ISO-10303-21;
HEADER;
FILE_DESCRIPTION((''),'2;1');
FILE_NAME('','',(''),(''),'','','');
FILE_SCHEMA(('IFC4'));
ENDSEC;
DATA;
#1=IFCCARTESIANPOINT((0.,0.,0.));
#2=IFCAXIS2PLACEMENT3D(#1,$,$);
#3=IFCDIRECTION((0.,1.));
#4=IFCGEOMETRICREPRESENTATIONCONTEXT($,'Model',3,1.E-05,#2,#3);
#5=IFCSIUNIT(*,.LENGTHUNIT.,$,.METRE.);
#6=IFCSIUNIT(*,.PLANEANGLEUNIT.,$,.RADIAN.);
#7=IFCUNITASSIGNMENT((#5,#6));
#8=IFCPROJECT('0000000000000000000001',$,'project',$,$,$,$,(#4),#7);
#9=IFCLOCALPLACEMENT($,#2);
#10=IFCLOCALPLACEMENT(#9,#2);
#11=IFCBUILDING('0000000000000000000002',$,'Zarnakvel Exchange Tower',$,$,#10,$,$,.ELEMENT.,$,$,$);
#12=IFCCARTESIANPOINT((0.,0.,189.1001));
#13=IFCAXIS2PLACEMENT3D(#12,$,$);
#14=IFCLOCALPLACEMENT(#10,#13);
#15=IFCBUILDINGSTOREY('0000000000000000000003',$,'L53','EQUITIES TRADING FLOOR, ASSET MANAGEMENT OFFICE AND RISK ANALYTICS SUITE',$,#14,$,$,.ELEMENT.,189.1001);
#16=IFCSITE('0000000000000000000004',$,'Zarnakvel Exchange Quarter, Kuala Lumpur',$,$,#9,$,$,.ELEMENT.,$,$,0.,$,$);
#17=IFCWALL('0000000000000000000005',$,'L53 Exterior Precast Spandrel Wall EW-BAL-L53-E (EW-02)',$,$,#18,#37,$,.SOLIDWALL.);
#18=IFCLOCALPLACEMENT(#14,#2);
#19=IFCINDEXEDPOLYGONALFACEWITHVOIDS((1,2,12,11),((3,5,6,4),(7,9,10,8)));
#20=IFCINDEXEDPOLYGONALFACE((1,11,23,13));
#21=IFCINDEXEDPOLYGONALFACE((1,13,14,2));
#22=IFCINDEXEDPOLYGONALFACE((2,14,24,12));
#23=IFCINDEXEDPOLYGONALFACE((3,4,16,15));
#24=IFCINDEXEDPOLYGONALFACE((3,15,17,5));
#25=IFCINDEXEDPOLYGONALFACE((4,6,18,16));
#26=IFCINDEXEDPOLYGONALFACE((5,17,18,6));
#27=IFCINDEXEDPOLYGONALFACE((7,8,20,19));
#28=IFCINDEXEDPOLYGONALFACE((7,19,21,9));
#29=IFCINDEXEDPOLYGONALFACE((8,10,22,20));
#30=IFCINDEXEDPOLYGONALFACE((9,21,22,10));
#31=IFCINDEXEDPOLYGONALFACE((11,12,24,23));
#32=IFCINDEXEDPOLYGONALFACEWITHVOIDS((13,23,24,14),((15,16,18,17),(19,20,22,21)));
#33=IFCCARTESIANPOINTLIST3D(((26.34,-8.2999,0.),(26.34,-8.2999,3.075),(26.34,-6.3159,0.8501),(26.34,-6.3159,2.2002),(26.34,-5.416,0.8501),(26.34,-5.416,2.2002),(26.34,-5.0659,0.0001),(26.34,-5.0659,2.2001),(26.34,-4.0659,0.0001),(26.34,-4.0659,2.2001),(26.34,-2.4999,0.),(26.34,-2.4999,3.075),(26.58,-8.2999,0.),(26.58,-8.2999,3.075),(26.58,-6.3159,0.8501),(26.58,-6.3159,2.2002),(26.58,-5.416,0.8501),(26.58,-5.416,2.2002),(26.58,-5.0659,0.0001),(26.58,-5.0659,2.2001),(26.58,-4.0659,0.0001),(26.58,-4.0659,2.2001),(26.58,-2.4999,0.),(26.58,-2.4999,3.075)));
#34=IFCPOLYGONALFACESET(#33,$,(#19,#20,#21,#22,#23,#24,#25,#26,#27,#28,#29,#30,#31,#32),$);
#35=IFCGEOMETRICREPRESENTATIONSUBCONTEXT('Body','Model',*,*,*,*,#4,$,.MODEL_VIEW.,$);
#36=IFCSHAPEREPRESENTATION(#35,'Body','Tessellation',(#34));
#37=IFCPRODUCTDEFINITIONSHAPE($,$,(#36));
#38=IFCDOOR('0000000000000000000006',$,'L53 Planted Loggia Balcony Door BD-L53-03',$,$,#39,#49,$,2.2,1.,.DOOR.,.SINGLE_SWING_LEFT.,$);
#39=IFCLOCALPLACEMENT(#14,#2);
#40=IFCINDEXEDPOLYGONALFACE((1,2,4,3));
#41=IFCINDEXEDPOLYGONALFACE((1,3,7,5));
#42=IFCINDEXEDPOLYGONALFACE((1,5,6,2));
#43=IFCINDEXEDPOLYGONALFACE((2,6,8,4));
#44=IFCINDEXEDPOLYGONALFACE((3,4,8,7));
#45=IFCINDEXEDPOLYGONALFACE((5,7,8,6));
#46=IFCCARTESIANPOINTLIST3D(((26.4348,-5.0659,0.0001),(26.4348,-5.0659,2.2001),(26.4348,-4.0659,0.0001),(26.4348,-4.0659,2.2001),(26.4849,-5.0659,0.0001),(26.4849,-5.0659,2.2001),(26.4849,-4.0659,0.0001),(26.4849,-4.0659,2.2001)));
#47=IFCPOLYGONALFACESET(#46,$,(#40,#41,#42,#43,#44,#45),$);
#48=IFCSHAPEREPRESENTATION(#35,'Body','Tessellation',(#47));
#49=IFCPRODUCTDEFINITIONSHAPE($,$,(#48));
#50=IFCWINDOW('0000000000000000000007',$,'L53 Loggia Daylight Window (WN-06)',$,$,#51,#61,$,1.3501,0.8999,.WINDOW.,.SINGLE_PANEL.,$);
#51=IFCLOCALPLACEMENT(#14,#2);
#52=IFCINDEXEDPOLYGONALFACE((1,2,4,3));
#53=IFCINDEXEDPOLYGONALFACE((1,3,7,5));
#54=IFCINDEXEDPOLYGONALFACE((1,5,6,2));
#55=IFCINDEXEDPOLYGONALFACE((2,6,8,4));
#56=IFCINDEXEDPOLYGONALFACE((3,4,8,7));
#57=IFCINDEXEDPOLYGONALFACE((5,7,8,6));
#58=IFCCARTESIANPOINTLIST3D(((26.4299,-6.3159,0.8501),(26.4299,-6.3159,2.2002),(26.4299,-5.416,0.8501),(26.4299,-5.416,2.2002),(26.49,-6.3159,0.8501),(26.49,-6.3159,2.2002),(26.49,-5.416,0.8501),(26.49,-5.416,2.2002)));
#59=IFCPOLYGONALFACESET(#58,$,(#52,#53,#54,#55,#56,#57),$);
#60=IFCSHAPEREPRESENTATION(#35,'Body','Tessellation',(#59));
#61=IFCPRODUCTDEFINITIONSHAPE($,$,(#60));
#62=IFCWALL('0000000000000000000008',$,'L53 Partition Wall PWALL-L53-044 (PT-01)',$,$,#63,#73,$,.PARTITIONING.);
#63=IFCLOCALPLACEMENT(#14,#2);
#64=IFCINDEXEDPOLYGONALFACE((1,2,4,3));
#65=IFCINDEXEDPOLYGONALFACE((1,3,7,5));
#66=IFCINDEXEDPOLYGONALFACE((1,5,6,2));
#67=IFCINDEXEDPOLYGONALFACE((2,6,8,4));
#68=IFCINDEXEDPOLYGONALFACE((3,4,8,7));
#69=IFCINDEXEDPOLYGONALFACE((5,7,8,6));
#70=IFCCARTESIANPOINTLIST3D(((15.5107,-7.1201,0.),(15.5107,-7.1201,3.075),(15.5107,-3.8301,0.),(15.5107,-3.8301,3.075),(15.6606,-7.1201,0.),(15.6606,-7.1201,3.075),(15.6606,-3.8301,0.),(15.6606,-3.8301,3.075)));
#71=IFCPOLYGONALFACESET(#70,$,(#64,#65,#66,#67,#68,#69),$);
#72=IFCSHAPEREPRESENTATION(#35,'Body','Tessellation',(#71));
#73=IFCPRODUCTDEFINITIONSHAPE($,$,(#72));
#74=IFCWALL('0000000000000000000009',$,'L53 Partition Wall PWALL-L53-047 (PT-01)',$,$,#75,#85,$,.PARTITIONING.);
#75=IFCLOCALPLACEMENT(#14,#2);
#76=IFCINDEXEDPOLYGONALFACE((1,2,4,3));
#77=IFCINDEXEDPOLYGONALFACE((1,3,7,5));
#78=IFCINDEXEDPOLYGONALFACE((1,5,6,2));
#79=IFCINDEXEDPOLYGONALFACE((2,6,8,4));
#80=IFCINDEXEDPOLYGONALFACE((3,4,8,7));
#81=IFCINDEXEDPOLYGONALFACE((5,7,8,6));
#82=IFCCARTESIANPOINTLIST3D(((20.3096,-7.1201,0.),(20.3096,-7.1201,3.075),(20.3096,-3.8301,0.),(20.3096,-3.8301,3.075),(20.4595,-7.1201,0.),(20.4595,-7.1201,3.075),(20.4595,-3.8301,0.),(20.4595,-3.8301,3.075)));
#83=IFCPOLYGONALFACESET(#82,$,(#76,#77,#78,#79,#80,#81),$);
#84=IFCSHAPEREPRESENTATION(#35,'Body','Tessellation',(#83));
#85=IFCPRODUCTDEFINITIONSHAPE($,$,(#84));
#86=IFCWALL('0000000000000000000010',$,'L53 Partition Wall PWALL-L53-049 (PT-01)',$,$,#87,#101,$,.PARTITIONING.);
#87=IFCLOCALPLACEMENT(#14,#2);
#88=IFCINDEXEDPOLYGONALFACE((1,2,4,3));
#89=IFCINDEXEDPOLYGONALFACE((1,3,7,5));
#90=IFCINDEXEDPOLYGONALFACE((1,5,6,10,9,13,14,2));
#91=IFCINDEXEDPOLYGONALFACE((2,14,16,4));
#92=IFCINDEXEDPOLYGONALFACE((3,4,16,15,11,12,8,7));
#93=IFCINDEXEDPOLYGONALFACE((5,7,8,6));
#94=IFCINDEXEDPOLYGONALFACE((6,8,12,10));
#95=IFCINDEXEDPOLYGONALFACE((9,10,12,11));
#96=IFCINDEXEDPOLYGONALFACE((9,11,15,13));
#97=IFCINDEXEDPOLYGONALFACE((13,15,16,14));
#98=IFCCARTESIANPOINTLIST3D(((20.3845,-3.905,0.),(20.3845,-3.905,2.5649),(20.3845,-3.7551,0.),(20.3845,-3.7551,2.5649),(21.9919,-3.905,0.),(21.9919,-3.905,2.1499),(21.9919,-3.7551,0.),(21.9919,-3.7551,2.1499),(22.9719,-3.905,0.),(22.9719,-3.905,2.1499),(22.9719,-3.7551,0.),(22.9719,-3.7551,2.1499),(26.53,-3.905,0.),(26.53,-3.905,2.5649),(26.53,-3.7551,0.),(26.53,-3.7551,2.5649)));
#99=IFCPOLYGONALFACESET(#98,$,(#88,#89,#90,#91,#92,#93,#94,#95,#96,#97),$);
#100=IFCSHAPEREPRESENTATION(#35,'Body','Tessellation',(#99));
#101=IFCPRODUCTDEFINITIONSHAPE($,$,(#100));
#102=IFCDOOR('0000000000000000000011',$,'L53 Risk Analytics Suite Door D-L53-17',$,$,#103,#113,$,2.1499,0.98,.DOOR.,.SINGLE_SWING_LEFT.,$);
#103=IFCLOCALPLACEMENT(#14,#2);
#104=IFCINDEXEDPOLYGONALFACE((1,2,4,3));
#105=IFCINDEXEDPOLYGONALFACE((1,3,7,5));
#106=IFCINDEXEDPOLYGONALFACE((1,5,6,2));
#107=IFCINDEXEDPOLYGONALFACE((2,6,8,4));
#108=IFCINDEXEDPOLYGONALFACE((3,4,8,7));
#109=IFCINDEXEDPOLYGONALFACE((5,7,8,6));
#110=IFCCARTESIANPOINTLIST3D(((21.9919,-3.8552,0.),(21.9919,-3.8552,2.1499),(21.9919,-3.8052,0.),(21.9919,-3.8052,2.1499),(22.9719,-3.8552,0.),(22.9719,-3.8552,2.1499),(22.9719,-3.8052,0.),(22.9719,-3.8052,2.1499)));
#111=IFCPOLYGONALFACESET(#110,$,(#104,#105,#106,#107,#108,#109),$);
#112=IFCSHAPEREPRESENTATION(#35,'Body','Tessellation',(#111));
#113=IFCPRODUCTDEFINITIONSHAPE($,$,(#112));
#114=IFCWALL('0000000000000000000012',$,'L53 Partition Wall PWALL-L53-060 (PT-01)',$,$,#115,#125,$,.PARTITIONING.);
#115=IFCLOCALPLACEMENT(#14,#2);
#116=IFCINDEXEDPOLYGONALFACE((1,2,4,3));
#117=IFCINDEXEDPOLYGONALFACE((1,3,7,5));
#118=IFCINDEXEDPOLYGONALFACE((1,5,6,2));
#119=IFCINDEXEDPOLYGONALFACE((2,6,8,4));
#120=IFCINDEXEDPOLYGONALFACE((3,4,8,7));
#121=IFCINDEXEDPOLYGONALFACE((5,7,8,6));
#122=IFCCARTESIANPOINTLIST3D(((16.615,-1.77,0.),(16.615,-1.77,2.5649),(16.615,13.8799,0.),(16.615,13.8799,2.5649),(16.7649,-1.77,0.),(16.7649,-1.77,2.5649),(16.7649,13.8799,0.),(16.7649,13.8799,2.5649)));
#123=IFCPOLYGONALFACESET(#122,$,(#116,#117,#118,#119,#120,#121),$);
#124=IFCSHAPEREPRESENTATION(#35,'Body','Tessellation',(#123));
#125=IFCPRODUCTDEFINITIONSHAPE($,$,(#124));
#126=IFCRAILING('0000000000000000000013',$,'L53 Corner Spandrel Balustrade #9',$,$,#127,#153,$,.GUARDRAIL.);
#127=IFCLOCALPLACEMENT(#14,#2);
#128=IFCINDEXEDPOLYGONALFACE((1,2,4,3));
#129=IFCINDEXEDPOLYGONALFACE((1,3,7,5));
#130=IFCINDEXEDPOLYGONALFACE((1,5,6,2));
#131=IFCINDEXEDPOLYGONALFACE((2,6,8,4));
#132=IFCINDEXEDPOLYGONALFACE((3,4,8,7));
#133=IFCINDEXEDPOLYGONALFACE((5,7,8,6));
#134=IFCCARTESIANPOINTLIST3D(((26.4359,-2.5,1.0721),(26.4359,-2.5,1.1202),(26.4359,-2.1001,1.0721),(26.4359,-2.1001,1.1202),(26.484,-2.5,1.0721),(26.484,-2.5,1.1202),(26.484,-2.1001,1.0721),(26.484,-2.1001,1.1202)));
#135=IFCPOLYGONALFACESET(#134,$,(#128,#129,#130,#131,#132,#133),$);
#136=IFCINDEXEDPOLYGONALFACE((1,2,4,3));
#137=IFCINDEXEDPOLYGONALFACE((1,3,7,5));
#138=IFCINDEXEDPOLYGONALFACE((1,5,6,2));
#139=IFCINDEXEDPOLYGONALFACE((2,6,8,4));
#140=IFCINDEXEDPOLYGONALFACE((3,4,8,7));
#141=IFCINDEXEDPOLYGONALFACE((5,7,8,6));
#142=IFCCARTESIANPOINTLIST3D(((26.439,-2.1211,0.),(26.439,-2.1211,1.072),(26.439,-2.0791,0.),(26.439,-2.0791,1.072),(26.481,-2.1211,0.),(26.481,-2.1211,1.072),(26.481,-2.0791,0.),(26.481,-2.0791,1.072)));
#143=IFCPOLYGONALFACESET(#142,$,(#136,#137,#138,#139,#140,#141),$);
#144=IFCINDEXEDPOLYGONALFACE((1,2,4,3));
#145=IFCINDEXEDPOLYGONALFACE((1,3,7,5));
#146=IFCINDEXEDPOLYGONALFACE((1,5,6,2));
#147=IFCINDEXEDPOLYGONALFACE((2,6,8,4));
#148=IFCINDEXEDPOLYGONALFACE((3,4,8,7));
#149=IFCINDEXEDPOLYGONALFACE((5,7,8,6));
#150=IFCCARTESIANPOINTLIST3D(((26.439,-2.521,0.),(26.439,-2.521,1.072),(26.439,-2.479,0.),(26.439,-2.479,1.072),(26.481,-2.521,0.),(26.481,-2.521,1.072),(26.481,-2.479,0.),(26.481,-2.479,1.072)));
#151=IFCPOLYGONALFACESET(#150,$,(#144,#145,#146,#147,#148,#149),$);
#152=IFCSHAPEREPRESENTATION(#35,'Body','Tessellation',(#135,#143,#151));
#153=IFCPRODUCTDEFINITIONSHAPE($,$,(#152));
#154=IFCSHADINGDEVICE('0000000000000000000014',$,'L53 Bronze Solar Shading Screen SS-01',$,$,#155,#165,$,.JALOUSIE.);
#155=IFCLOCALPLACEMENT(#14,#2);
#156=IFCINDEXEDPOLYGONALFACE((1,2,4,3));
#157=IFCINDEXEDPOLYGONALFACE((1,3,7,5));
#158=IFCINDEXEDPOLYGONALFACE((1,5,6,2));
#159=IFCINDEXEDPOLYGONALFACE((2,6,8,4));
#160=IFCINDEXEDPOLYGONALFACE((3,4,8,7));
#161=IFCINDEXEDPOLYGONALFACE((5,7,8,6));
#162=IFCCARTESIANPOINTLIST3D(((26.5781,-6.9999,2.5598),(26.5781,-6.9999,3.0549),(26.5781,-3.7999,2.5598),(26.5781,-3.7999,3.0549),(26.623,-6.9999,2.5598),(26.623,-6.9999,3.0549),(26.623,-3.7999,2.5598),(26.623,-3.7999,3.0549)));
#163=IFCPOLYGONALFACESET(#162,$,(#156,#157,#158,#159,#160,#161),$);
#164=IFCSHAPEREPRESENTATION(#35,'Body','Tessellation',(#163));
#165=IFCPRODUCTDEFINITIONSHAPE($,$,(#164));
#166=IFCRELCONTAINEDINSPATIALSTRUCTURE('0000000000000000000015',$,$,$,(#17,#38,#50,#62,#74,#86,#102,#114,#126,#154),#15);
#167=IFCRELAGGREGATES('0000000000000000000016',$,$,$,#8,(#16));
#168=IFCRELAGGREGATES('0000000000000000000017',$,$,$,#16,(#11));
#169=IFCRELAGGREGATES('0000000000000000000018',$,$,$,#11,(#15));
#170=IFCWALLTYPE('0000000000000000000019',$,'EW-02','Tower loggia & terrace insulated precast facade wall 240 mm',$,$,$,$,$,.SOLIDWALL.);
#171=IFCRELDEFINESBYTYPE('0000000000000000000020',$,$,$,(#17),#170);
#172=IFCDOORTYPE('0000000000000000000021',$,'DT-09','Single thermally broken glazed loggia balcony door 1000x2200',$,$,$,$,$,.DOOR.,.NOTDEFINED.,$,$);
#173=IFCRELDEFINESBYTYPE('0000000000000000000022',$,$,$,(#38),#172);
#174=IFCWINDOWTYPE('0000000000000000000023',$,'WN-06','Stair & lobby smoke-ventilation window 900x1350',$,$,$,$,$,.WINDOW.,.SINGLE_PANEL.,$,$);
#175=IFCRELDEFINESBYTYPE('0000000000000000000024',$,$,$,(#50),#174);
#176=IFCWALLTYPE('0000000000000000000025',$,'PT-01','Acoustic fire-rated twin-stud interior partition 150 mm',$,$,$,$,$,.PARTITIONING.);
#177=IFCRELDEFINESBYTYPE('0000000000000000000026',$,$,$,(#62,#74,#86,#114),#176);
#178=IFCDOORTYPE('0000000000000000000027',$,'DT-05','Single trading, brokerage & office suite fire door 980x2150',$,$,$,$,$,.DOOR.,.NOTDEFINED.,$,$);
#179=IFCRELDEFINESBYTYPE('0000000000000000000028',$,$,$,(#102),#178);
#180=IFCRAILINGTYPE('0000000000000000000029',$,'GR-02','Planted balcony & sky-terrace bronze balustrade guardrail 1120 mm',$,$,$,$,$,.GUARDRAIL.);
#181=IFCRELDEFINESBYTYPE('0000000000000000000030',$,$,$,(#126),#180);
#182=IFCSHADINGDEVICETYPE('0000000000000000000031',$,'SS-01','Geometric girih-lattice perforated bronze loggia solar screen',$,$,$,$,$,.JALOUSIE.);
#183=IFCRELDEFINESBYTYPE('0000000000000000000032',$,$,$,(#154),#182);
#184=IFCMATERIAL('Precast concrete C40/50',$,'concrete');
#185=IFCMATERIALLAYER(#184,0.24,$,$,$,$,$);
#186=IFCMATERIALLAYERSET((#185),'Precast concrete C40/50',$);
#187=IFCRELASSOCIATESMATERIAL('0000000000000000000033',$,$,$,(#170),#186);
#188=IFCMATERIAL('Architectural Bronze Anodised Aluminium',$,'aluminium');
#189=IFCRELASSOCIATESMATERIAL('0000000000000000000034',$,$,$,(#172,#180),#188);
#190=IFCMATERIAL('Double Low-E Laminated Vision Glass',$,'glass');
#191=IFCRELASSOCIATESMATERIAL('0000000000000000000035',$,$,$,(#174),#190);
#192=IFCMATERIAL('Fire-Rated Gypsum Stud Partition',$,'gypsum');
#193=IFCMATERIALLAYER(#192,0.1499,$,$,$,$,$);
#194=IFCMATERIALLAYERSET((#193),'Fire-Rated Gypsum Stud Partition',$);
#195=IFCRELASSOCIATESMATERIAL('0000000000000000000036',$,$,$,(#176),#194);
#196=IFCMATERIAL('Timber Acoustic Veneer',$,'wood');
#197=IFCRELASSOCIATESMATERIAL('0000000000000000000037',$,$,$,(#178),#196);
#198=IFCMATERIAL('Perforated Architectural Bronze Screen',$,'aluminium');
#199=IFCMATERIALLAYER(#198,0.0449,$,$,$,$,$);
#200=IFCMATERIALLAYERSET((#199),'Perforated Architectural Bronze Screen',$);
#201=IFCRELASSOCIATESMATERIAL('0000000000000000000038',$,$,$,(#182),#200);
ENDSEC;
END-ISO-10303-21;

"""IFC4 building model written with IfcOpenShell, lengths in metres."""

from ifc_helpers import new_model, si_unit, direction, frame, frame_2d, origin, origin_2d, place, context, subcontext, project, spatial, rectangle, extrude, source, transform, mapped, material, layer, layer_set, type_object, element, fill, save


model = new_model("IFC4")

# Units and contexts
model_context = context("Model", 3, precision=1e-05, world=origin(), true_north=direction((0.0, 1.0)))
body_context = subcontext(model_context, "Body", "Model", "MODEL_VIEW")
ifc_project = project(units=[si_unit("LENGTHUNIT", "METRE"), si_unit("PLANEANGLEUNIT", "RADIAN")], contexts=[model_context])

# Site, building, storey
site_placement = place(None, origin())
site = spatial("IfcSite", under=ifc_project, at=site_placement, Name="Zarnakvel Exchange Quarter, Kuala Lumpur", CompositionType="ELEMENT", RefElevation=0.0)
building_placement = place(site_placement, origin())
building = spatial("IfcBuilding", under=site, at=building_placement, Name="Zarnakvel Exchange Tower", CompositionType="ELEMENT")
storey_placement = place(building_placement, frame((0.0, 0.0, 189.1001)))
storey = spatial("IfcBuildingStorey", under=building, at=storey_placement, Name="L53", Description="EQUITIES TRADING FLOOR, ASSET MANAGEMENT OFFICE AND RISK ANALYTICS SUITE", CompositionType="ELEMENT", Elevation=189.1001)

# Shared definitions
ifc_material_1 = material(Name="Architectural Bronze Anodised Aluminium", Category="aluminium")

# Wall, openings, door, window
ifc_material_2 = material(Name="Precast concrete C40/50", Category="concrete")
ifc_layer_1 = layer(ifc_material_2, 0.24)
ifc_layer_set_1 = layer_set([ifc_layer_1], Name="Precast concrete C40/50")
wall_type_1 = type_object("IfcWallType", Name="EW-02", Description="Tower loggia & terrace insulated precast facade wall 240 mm", PredefinedType="SOLIDWALL", material=ifc_layer_set_1)
wall_1_placement = place(storey_placement, frame((26.46, -2.5, 0.0), z_axis=(0.0, 0.0, 1.0), x_axis=(0.0, -1.0, 0.0)))
wall_1 = element("IfcWall", 1, at=wall_1_placement, inside=storey, type_object=wall_type_1, Name="L53 Exterior Precast Spandrel Wall EW-BAL-L53-E (EW-02)", PredefinedType="SOLIDWALL", context=body_context, shape_type="SweptSolid", body=[
    extrude(rectangle(XDim=5.8, YDim=0.24, at=frame_2d((2.8999, 0.0))), origin(), (0.0, 0.0, 1.0), 3.075),
])
opening_1_placement = place(wall_1_placement, frame((1.5659, 0.0, 0.0)))
opening_1 = element("IfcOpeningElement", 2, at=opening_1_placement, cuts=wall_1, PredefinedType="OPENING", context=body_context, shape_type="SweptSolid", body=[
    extrude(rectangle(XDim=1.0, YDim=2.2, at=frame_2d((0.5, 1.1001))), frame((0.0, 0.1299, 0.0), z_axis=(0.0, -1.0, 0.0), x_axis=(1.0, 0.0, 0.0)), (0.0, 0.0, 1.0), 0.26),
])
opening_2_placement = place(wall_1_placement, frame((2.916, 0.0, 0.8501)))
opening_2 = element("IfcOpeningElement", 3, at=opening_2_placement, cuts=wall_1, PredefinedType="OPENING", context=body_context, shape_type="SweptSolid", body=[
    extrude(rectangle(XDim=0.8999, YDim=1.3501, at=frame_2d((0.45, 0.675))), frame((0.0, 0.1299, 0.0), z_axis=(0.0, -1.0, 0.0), x_axis=(1.0, 0.0, 0.0)), (0.0, 0.0, 1.0), 0.26),
])
door_type_1 = type_object("IfcDoorType", Name="DT-09", Description="Single thermally broken glazed loggia balcony door 1000x2200", OperationType="NOTDEFINED", PredefinedType="DOOR", material=ifc_material_1)
shared_shape_1 = source(origin(), body_context, "Body", "SweptSolid", [
    extrude(rectangle(XDim=1.0, YDim=2.2, at=frame_2d((0.5, 1.1001))), frame((0.0, 0.0249, 0.0), z_axis=(0.0, -1.0, 0.0), x_axis=(1.0, 0.0, 0.0)), (0.0, 0.0, 1.0), 0.05),
])
door_1_placement = place(opening_1_placement, origin())
door_1 = element("IfcDoor", 4, at=door_1_placement, inside=storey, type_object=door_type_1, Name="L53 Planted Loggia Balcony Door BD-L53-03", OperationType="SINGLE_SWING_LEFT", OverallHeight=2.2, OverallWidth=1.0, PredefinedType="DOOR", context=body_context, shape_type="MappedRepresentation", body=[
    mapped(shared_shape_1, transform((0.0, 0.0, 0.0), x_axis=(1.0, 0.0, 0.0), y_axis=(0.0, 1.0, 0.0), z_axis=(0.0, 0.0, 1.0), scale=1.0)),
])
fill(opening_1, door_1)
ifc_material_3 = material(Name="Double Low-E Laminated Vision Glass", Category="glass")
window_type = type_object("IfcWindowType", Name="WN-06", Description="Stair & lobby smoke-ventilation window 900x1350", PartitioningType="SINGLE_PANEL", PredefinedType="WINDOW", material=ifc_material_3)
shared_shape_2 = source(origin(), body_context, "Body", "SweptSolid", [
    extrude(rectangle(XDim=0.8999, YDim=1.3501, at=frame_2d((0.45, 0.675))), frame((0.0, 0.03, 0.0), z_axis=(0.0, -1.0, 0.0), x_axis=(1.0, 0.0, 0.0)), (0.0, 0.0, 1.0), 0.0601),
])
window_placement = place(opening_2_placement, origin())
window = element("IfcWindow", 5, at=window_placement, inside=storey, type_object=window_type, Name="L53 Loggia Daylight Window (WN-06)", OverallHeight=1.3501, OverallWidth=0.8999, PartitioningType="SINGLE_PANEL", PredefinedType="WINDOW", context=body_context, shape_type="MappedRepresentation", body=[
    mapped(shared_shape_2, transform((0.0, 0.0, 0.0), x_axis=(1.0, 0.0, 0.0), y_axis=(0.0, 1.0, 0.0), z_axis=(0.0, 0.0, 1.0), scale=1.0)),
])
fill(opening_2, window)

# Wall
ifc_material_4 = material(Name="Fire-Rated Gypsum Stud Partition", Category="gypsum")
ifc_layer_2 = layer(ifc_material_4, 0.1499)
ifc_layer_set_2 = layer_set([ifc_layer_2], Name="Fire-Rated Gypsum Stud Partition")
wall_type_2 = type_object("IfcWallType", Name="PT-01", Description="Acoustic fire-rated twin-stud interior partition 150 mm", PredefinedType="PARTITIONING", material=ifc_layer_set_2)
wall_2_placement = place(storey_placement, frame((15.5857, -3.8301, 0.0), z_axis=(0.0, 0.0, 1.0), x_axis=(0.0, -1.0, 0.0)))
element("IfcWall", 6, at=wall_2_placement, inside=storey, type_object=wall_type_2, Name="L53 Partition Wall PWALL-L53-044 (PT-01)", PredefinedType="PARTITIONING", context=body_context, shape_type="SweptSolid", body=[
    extrude(rectangle(XDim=3.29, YDim=0.1499, at=frame_2d((1.645, 0.0))), origin(), (0.0, 0.0, 1.0), 3.075),
])

# Shared definitions
ifc_material_5 = material(Name="Timber Acoustic Veneer", Category="wood")
door_type_2 = type_object("IfcDoorType", Name="DT-05", Description="Single trading, brokerage & office suite fire door 980x2150", OperationType="NOTDEFINED", PredefinedType="DOOR", material=ifc_material_5)
shared_shape_3 = source(origin(), body_context, "Body", "SweptSolid", [
    extrude(rectangle(XDim=0.98, YDim=2.1499, at=frame_2d((0.49, 1.075))), frame((0.0, 0.0249, 0.0), z_axis=(0.0, -1.0, 0.0), x_axis=(1.0, 0.0, 0.0)), (0.0, 0.0, 1.0), 0.05),
])

# Wall
wall_3_placement = place(storey_placement, frame((20.3845, -3.8301, 0.0), z_axis=(0.0, 0.0, 1.0), x_axis=(0.0, -1.0, 0.0)))
element("IfcWall", 7, at=wall_3_placement, inside=storey, type_object=wall_type_2, Name="L53 Partition Wall PWALL-L53-047 (PT-01)", PredefinedType="PARTITIONING", context=body_context, shape_type="SweptSolid", body=[
    extrude(rectangle(XDim=3.29, YDim=0.1499, at=frame_2d((1.645, 0.0))), origin(), (0.0, 0.0, 1.0), 3.075),
])

# Wall, opening, door
wall_4_placement = place(storey_placement, frame((20.3845, -3.8301, 0.0), z_axis=(0.0, 0.0, 1.0), x_axis=(1.0, 0.0, 0.0)))
wall_4 = element("IfcWall", 8, at=wall_4_placement, inside=storey, type_object=wall_type_2, Name="L53 Partition Wall PWALL-L53-049 (PT-01)", PredefinedType="PARTITIONING", context=body_context, shape_type="SweptSolid", body=[
    extrude(rectangle(XDim=6.1455, YDim=0.1499, at=frame_2d((3.0728, 0.0))), origin(), (0.0, 0.0, 1.0), 2.5649),
])
opening_3_placement = place(wall_4_placement, frame((1.6074, 0.0, 0.0)))
opening_3 = element("IfcOpeningElement", 9, at=opening_3_placement, cuts=wall_4, PredefinedType="OPENING", context=body_context, shape_type="SweptSolid", body=[
    extrude(rectangle(XDim=0.98, YDim=2.1499, at=frame_2d((0.49, 1.075))), frame((0.0, 0.085, 0.0), z_axis=(0.0, -1.0, 0.0), x_axis=(1.0, 0.0, 0.0)), (0.0, 0.0, 1.0), 0.1699),
])
door_2_placement = place(opening_3_placement, origin())
door_2 = element("IfcDoor", 10, at=door_2_placement, inside=storey, type_object=door_type_2, Name="L53 Risk Analytics Suite Door D-L53-17", OperationType="SINGLE_SWING_LEFT", OverallHeight=2.1499, OverallWidth=0.98, PredefinedType="DOOR", context=body_context, shape_type="MappedRepresentation", body=[
    mapped(shared_shape_3, transform((0.0, 0.0, 0.0), x_axis=(1.0, 0.0, 0.0), y_axis=(0.0, 1.0, 0.0), z_axis=(0.0, 0.0, 1.0), scale=1.0)),
])
fill(opening_3, door_2)

# Wall
wall_5_placement = place(storey_placement, frame((16.6899, -1.77, 0.0), z_axis=(0.0, 0.0, 1.0), x_axis=(0.0, 1.0, 0.0)))
element("IfcWall", 11, at=wall_5_placement, inside=storey, type_object=wall_type_2, Name="L53 Partition Wall PWALL-L53-060 (PT-01)", PredefinedType="PARTITIONING", context=body_context, shape_type="SweptSolid", body=[
    extrude(rectangle(XDim=15.6499, YDim=0.1499, at=frame_2d((7.825, 0.0))), origin(), (0.0, 0.0, 1.0), 2.5649),
])

# Railing
railing_type = type_object("IfcRailingType", Name="GR-02", Description="Planted balcony & sky-terrace bronze balustrade guardrail 1120 mm", PredefinedType="GUARDRAIL", material=ifc_material_1)
railing_placement = place(storey_placement, frame((26.46, -2.1001, 0.0)))
element("IfcRailing", 12, at=railing_placement, inside=storey, type_object=railing_type, Name="L53 Corner Spandrel Balustrade #9", PredefinedType="GUARDRAIL", context=body_context, shape_type="SweptSolid", body=[
    extrude(rectangle(XDim=0.0481, YDim=0.0481, at=origin_2d()), frame((0.0, 0.0, 1.0962), z_axis=(0.0, -1.0, 0.0), x_axis=(1.0, 0.0, 0.0)), (0.0, 0.0, 1.0), 0.3999),
    extrude(rectangle(XDim=0.042, YDim=0.042, at=origin_2d()), origin(), (0.0, 0.0, 1.0), 1.072),
    extrude(rectangle(XDim=0.042, YDim=0.042, at=origin_2d()), frame((0.0, -0.3999, 0.0)), (0.0, 0.0, 1.0), 1.072),
])

# Shading device
ifc_material_6 = material(Name="Perforated Architectural Bronze Screen", Category="aluminium")
ifc_layer_3 = layer(ifc_material_6, 0.0449)
ifc_layer_set_3 = layer_set([ifc_layer_3], Name="Perforated Architectural Bronze Screen")
shading_device_type = type_object("IfcShadingDeviceType", Name="SS-01", Description="Geometric girih-lattice perforated bronze loggia solar screen", PredefinedType="JALOUSIE", material=ifc_layer_set_3)
shared_shape_4 = source(origin(), body_context, "Body", "SweptSolid", [
    extrude(rectangle(XDim=3.2, YDim=0.0449, at=origin_2d()), origin(), (0.0, 0.0, 1.0), 0.4951),
])
shading_device_placement = place(storey_placement, frame((26.6006, -5.3999, 2.5598), z_axis=(0.0, 0.0, 1.0), x_axis=(0.0, -1.0, 0.0)))
element("IfcShadingDevice", 13, at=shading_device_placement, inside=storey, type_object=shading_device_type, Name="L53 Bronze Solar Shading Screen SS-01", PredefinedType="JALOUSIE", context=body_context, shape_type="MappedRepresentation", body=[
    mapped(shared_shape_4, transform((0.0, 0.0, 0.0), x_axis=(1.0, 0.0, 0.0), y_axis=(0.0, 1.0, 0.0), z_axis=(0.0, 0.0, 1.0), scale=1.0)),
])

save(model, "model.ifc")
